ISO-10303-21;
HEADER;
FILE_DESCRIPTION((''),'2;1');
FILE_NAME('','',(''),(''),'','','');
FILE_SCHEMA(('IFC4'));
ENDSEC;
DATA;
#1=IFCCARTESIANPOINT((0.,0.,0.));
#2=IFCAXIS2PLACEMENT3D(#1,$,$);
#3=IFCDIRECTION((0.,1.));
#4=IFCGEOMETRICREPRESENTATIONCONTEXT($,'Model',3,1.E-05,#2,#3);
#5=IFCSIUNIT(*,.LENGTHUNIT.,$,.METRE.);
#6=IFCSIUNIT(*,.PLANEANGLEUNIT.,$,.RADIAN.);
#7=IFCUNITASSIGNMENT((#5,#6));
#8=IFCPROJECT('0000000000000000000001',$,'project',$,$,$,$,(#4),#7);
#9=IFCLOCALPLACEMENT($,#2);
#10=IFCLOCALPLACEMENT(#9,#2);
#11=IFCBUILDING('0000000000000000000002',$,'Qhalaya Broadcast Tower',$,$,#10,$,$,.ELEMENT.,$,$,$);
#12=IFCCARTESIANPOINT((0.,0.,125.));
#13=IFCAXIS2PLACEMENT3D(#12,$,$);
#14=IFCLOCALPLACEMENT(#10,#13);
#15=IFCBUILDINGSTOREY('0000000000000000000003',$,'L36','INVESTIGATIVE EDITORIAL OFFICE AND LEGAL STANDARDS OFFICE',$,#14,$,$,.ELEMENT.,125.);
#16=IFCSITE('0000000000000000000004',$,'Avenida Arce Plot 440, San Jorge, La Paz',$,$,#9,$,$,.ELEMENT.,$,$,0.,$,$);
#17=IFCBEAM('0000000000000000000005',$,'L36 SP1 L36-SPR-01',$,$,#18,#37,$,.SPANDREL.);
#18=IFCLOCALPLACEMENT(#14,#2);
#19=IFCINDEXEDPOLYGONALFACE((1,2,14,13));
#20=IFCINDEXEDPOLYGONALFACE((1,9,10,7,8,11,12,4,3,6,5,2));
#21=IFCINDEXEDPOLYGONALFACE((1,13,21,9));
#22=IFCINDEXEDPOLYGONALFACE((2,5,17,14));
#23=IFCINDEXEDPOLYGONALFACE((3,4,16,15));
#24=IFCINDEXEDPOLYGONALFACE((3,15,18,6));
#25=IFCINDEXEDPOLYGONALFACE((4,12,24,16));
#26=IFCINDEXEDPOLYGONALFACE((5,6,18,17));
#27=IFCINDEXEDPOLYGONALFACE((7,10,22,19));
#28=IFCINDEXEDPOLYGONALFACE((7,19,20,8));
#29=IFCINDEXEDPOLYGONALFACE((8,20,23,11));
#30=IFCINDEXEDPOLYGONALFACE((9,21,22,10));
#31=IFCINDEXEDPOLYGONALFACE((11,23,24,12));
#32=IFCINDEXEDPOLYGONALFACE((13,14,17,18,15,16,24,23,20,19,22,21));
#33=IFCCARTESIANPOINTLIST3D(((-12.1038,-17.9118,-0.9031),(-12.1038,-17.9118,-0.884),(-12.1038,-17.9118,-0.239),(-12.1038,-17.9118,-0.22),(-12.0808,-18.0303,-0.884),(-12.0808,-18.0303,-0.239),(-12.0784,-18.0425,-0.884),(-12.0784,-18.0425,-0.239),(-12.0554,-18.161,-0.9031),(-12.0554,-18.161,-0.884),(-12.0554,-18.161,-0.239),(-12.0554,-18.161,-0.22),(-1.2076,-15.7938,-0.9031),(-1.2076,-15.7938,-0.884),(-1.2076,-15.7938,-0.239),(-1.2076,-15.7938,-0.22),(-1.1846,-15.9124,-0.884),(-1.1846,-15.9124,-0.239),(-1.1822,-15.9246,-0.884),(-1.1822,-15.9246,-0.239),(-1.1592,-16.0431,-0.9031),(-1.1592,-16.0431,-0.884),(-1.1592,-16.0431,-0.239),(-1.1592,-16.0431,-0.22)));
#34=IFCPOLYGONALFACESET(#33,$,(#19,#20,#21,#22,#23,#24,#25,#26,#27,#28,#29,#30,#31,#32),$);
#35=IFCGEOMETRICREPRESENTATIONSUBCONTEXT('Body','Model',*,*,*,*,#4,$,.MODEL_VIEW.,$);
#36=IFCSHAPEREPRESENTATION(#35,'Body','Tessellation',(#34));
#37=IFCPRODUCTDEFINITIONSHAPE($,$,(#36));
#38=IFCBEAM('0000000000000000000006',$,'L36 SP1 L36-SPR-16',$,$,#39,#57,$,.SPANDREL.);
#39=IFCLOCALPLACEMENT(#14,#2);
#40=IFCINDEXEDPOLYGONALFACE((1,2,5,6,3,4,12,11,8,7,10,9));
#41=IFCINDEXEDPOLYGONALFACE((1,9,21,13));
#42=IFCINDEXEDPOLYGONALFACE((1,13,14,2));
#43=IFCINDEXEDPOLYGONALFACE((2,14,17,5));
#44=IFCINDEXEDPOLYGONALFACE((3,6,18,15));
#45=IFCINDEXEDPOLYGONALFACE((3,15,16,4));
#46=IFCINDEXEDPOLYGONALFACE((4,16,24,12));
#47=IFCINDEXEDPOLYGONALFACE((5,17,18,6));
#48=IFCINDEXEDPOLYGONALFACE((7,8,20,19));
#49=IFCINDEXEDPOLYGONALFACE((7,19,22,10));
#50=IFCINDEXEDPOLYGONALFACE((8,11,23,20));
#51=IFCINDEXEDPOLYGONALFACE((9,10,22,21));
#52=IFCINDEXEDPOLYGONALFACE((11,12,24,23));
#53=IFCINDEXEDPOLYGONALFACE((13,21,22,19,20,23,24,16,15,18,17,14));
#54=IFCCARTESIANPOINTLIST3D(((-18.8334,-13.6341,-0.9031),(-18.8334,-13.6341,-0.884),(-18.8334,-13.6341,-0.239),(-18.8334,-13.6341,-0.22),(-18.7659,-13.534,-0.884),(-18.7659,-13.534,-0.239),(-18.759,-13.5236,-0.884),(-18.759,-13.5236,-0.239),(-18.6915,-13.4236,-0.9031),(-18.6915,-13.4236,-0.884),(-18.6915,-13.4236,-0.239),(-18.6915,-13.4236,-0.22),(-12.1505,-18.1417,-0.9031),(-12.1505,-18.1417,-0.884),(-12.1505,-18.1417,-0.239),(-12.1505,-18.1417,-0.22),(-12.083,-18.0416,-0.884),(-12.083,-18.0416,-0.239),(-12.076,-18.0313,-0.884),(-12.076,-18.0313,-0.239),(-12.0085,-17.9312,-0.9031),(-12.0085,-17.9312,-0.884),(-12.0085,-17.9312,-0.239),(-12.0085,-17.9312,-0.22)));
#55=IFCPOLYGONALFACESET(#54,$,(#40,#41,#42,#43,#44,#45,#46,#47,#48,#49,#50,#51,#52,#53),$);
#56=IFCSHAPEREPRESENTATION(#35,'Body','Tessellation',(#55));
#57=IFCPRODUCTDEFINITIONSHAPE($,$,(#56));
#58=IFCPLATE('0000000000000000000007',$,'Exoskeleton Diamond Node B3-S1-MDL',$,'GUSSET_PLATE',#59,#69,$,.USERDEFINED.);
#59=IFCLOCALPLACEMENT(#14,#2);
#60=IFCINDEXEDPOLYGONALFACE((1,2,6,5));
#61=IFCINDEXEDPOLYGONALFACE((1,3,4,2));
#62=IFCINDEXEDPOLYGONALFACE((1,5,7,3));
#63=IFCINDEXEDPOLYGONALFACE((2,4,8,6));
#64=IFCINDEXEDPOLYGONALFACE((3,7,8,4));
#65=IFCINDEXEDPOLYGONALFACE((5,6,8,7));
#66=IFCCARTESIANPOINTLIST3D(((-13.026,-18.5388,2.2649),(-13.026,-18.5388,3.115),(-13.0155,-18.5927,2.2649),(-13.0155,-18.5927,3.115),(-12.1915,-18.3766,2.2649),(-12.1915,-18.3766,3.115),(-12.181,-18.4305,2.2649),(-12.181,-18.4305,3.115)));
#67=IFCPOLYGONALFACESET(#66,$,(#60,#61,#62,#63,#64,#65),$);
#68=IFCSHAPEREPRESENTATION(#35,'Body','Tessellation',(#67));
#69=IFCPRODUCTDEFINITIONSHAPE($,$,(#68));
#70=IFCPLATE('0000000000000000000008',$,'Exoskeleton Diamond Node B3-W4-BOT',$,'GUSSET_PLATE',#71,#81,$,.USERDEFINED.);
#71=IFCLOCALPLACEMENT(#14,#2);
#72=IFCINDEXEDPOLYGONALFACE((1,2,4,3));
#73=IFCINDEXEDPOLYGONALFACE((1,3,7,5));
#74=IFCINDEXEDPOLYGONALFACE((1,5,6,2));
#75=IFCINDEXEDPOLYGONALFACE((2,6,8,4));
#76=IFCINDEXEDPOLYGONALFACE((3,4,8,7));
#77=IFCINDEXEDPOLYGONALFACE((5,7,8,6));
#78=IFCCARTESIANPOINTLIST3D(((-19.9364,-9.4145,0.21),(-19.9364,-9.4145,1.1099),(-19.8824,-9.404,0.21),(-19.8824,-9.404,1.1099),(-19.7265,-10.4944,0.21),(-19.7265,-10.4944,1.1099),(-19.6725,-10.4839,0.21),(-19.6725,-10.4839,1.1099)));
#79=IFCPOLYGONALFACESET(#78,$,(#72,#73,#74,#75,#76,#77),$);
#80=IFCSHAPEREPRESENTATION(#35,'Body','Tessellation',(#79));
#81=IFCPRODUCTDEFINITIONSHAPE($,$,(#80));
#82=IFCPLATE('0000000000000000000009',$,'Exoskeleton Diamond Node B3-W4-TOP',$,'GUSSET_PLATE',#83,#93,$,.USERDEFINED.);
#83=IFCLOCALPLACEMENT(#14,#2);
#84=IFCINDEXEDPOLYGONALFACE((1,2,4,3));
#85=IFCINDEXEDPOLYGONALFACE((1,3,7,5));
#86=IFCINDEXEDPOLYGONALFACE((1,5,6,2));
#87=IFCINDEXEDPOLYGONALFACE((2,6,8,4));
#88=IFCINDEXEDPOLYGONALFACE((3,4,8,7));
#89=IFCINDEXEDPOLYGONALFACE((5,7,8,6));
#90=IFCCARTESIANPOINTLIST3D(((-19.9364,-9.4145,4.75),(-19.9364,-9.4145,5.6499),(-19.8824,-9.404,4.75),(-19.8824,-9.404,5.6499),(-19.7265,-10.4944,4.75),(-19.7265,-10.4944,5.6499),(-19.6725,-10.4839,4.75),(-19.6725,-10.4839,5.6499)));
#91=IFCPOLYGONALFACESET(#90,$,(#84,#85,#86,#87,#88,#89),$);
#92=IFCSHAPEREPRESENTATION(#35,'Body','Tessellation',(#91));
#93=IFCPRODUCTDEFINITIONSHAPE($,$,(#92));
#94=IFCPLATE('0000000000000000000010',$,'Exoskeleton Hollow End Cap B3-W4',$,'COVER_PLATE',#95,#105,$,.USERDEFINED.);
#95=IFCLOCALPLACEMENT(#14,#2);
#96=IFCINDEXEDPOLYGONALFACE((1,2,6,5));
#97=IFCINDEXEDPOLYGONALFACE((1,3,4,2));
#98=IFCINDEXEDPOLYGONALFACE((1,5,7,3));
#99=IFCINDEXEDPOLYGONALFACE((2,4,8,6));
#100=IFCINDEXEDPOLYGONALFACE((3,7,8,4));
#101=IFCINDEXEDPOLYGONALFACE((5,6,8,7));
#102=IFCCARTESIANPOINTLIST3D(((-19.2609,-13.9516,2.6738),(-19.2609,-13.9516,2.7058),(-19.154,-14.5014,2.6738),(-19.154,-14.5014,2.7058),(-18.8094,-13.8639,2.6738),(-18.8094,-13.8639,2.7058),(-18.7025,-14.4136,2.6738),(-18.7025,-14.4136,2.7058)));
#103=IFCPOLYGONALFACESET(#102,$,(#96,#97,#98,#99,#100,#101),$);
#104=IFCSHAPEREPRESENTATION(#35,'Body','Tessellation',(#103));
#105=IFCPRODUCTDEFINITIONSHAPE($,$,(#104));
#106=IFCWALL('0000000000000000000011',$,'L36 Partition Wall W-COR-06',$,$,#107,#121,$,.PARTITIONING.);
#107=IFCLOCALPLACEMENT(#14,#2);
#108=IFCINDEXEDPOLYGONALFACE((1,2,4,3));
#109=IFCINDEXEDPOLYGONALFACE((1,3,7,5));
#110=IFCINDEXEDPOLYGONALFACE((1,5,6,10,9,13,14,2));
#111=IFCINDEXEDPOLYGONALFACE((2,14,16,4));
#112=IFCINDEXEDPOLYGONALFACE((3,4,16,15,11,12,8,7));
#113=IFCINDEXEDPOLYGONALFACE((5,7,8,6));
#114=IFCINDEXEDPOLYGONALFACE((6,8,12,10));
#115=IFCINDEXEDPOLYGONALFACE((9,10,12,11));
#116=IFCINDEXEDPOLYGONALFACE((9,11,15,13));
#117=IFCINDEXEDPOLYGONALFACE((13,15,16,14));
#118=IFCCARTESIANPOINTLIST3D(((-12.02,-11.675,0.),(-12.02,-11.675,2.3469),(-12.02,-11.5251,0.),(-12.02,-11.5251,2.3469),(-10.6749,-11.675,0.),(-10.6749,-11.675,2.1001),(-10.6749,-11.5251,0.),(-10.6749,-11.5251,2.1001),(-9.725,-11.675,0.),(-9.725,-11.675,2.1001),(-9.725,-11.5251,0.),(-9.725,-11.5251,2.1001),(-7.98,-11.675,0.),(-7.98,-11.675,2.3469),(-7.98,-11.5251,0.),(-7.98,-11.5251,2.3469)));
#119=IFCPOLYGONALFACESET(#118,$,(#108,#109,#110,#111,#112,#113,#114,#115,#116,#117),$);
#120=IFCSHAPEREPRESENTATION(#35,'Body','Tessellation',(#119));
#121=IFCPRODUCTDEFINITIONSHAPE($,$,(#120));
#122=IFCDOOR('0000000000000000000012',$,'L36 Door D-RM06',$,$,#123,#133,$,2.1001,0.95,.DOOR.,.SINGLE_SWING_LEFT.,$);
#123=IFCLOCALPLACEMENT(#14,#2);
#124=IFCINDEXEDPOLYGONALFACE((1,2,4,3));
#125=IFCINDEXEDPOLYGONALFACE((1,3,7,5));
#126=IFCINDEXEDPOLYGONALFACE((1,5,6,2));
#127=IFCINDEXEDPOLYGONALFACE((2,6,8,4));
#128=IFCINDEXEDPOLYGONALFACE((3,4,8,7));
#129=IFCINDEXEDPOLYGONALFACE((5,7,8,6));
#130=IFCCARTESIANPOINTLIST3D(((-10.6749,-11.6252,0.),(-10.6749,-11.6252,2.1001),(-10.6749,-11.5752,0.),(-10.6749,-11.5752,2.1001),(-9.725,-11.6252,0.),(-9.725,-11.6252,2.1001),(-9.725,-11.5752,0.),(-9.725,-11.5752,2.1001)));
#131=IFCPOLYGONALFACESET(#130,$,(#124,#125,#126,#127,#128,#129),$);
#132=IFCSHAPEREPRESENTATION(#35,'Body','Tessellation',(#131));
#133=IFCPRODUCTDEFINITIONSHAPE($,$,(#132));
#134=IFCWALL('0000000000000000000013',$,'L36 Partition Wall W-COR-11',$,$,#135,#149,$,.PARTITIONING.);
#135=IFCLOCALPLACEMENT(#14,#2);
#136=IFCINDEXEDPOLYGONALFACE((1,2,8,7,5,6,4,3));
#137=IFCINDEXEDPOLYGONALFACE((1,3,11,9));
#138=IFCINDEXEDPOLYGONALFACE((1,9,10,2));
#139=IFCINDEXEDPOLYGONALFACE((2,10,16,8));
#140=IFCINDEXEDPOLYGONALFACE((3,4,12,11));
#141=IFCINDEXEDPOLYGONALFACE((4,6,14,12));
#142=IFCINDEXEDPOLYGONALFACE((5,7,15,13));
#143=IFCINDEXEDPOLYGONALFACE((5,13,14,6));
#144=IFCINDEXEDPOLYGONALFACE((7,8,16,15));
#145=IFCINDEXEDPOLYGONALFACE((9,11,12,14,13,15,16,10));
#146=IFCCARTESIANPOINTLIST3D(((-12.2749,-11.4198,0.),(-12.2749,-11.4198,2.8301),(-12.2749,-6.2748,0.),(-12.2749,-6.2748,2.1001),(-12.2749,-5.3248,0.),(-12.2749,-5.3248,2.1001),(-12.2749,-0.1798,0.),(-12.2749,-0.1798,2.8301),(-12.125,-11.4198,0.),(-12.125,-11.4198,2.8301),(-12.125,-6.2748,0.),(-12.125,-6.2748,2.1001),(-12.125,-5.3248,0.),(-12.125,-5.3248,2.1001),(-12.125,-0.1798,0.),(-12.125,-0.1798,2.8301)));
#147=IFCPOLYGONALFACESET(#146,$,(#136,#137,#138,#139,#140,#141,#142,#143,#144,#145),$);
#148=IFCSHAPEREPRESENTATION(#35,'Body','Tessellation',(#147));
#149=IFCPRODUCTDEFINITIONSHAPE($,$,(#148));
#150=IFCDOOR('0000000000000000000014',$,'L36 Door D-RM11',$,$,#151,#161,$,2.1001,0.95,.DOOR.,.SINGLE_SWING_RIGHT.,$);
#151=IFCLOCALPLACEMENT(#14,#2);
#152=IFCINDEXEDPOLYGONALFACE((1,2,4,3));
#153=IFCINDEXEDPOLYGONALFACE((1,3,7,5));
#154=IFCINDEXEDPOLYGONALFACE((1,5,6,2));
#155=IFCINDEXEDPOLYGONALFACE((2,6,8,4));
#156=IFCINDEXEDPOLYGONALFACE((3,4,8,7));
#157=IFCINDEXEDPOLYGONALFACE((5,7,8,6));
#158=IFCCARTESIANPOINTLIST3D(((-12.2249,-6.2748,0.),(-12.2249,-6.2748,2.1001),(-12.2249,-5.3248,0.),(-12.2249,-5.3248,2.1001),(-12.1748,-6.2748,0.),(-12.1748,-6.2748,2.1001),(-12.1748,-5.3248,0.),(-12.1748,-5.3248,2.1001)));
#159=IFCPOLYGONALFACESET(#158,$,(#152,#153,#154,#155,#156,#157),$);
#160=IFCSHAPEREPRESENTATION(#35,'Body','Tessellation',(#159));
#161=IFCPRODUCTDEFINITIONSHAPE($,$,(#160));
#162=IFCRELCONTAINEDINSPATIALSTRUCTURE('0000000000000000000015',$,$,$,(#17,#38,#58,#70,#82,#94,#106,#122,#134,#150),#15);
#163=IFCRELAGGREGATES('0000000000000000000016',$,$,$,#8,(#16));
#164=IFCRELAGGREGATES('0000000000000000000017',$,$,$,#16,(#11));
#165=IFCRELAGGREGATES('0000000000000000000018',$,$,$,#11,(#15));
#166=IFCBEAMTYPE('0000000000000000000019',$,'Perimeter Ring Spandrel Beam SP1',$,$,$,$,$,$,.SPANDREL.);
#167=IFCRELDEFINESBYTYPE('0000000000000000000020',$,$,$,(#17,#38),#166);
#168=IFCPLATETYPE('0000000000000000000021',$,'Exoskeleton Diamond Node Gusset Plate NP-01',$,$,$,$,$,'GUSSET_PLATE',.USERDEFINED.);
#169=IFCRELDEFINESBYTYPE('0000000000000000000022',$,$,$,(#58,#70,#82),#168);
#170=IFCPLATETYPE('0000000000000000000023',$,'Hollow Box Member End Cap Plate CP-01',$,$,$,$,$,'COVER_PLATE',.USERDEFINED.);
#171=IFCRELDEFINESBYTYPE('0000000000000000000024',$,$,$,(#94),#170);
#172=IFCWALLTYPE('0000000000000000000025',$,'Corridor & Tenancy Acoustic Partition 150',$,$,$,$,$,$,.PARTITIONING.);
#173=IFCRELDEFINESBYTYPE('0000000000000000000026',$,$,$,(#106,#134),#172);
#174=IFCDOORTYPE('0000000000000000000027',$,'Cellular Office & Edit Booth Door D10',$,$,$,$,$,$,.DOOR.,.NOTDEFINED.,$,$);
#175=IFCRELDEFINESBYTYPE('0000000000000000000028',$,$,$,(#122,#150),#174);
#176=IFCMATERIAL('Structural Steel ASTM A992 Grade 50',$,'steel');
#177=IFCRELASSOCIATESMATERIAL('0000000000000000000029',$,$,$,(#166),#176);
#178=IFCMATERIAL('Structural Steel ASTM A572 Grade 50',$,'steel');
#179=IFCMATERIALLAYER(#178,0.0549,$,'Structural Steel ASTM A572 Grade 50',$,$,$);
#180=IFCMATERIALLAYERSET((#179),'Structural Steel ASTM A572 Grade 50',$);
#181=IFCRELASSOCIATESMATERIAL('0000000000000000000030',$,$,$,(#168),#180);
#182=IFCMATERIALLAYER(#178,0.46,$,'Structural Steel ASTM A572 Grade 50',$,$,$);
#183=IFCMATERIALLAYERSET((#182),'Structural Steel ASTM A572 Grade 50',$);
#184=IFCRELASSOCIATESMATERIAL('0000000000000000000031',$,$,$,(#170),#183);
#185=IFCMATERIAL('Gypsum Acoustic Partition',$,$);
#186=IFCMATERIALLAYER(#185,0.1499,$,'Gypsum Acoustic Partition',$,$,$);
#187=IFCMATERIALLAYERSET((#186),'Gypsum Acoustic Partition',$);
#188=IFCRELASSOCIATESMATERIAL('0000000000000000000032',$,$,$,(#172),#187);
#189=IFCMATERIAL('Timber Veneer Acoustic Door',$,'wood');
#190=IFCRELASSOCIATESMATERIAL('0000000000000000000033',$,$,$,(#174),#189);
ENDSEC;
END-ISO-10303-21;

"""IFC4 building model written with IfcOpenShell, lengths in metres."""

from ifc_helpers import new_model, si_unit, direction, frame, frame_2d, origin, origin_2d, place, context, subcontext, project, spatial, rectangle, i_section, extrude, material, layer, layer_set, material_profile, profile_set, type_object, element, fill, save


model = new_model("IFC4")

# Units and contexts
model_context = context("Model", 3, precision=1e-05, world=origin(), true_north=direction((0.0, 1.0)))
body_context = subcontext(model_context, "Body", "Model", "MODEL_VIEW")
ifc_project = project(units=[si_unit("LENGTHUNIT", "METRE"), si_unit("PLANEANGLEUNIT", "RADIAN")], contexts=[model_context])

# Site, building, storey
site_placement = place(None, origin())
site = spatial("IfcSite", under=ifc_project, at=site_placement, Name="Avenida Arce Plot 440, San Jorge, La Paz", CompositionType="ELEMENT", RefElevation=0.0)
building_placement = place(site_placement, origin())
building = spatial("IfcBuilding", under=site, at=building_placement, Name="Qhalaya Broadcast Tower", CompositionType="ELEMENT")
storey_placement = place(building_placement, frame((0.0, 0.0, 125.0)))
storey = spatial("IfcBuildingStorey", under=building, at=storey_placement, Name="L36", Description="INVESTIGATIVE EDITORIAL OFFICE AND LEGAL STANDARDS OFFICE", CompositionType="ELEMENT", Elevation=125.0)

# Shared definitions
ifc_material_1 = material(Name="Structural Steel ASTM A572 Grade 50", Category="steel")

# Shared definitions
ifc_material_2 = material(Name="Structural Steel ASTM A992 Grade 50", Category="steel")

# Beams
ifc_material_profile_1 = material_profile(ifc_material_2, i_section(OverallWidth=0.2539, OverallDepth=0.6831, WebThickness=0.0125, FlangeThickness=0.019, at=origin_2d()), Name="W27X94")
ifc_profile_set_1 = profile_set([ifc_material_profile_1], Name="Structural Steel ASTM A992 Grade 50")
beam_type_1 = type_object("IfcBeamType", Name="Perimeter Ring Spandrel Beam SP1", PredefinedType="SPANDREL", material=ifc_profile_set_1)
beam_1_placement = place(storey_placement, frame((-12.0796, -18.0364, -0.5615), z_axis=(0.981629, 0.190801, 0.0), x_axis=(-0.190801, 0.981629, 0.0)))
element("IfcBeam", 1, at=beam_1_placement, inside=storey, type_object=beam_type_1, Name="L36 SP1 L36-SPR-01", PredefinedType="SPANDREL", context=body_context, shape_type="SweptSolid", body=[
    extrude(i_section(OverallWidth=0.2539, OverallDepth=0.6831, WebThickness=0.0125, FlangeThickness=0.019, at=origin_2d()), origin(), (0.0, 0.0, 1.0), 11.1001),
])
beam_2_placement = place(storey_placement, frame((-18.7625, -13.5288, -0.5615), z_axis=(0.829042, -0.559186, 0.0), x_axis=(0.559186, 0.829042, 0.0)))
element("IfcBeam", 2, at=beam_2_placement, inside=storey, type_object=beam_type_1, Name="L36 SP1 L36-SPR-16", PredefinedType="SPANDREL", context=body_context, shape_type="SweptSolid", body=[
    extrude(i_section(OverallWidth=0.2539, OverallDepth=0.6831, WebThickness=0.0125, FlangeThickness=0.019, at=origin_2d()), origin(), (0.0, 0.0, 1.0), 8.061),
])

# Plates
ifc_layer_1 = layer(ifc_material_1, 0.0549, Name="Structural Steel ASTM A572 Grade 50")
ifc_layer_set_1 = layer_set([ifc_layer_1], Name="Structural Steel ASTM A572 Grade 50")
plate_type_1 = type_object("IfcPlateType", Name="Exoskeleton Diamond Node Gusset Plate NP-01", ElementType="GUSSET_PLATE", PredefinedType="USERDEFINED", material=ifc_layer_set_1)
plate_1_placement = place(storey_placement, frame((-12.6035, -18.4846, 2.2649), z_axis=(0.0, 0.0, 1.0), x_axis=(0.981627, 0.190809, 0.0)))
element("IfcPlate", 3, at=plate_1_placement, inside=storey, type_object=plate_type_1, Name="Exoskeleton Diamond Node B3-S1-MDL", ObjectType="GUSSET_PLATE", PredefinedType="USERDEFINED", context=body_context, shape_type="SweptSolid", body=[
    extrude(rectangle(XDim=0.8501, YDim=0.0549, at=origin_2d()), origin(), (0.0, 0.0, 1.0), 0.8501),
])
for number, where, z_axis, x_axis, name in (
    (4, (-19.8044, -9.9492, 0.21), (0.0, 0.0, 1.0), (-0.190809, 0.981627, 0.0), "Exoskeleton Diamond Node B3-W4-BOT"),
    (5, (-19.8044, -9.9492, 4.75), (0.0, 0.0, 1.0), (-0.190809, 0.981627, 0.0), "Exoskeleton Diamond Node B3-W4-TOP"),
):
    element("IfcPlate", number, at=place(storey_placement, frame(where, z_axis=z_axis, x_axis=x_axis)), inside=storey, type_object=plate_type_1, Name=name, ObjectType="GUSSET_PLATE", PredefinedType="USERDEFINED", context=body_context, shape_type="SweptSolid", body=[
        extrude(rectangle(XDim=1.1001, YDim=0.0549, at=origin_2d()), origin(), (0.0, 0.0, 1.0), 0.8999),
    ])
ifc_layer_2 = layer(ifc_material_1, 0.46, Name="Structural Steel ASTM A572 Grade 50")
ifc_layer_set_2 = layer_set([ifc_layer_2], Name="Structural Steel ASTM A572 Grade 50")
plate_type_2 = type_object("IfcPlateType", Name="Hollow Box Member End Cap Plate CP-01", ElementType="COVER_PLATE", PredefinedType="USERDEFINED", material=ifc_layer_set_2)
plate_2_placement = place(storey_placement, frame((-18.9817, -14.1826, 2.6738), z_axis=(0.0, 0.0, 1.0), x_axis=(-0.190809, 0.981627, 0.0)))
element("IfcPlate", 6, at=plate_2_placement, inside=storey, type_object=plate_type_2, Name="Exoskeleton Hollow End Cap B3-W4", ObjectType="COVER_PLATE", PredefinedType="USERDEFINED", context=body_context, shape_type="SweptSolid", body=[
    extrude(rectangle(XDim=0.5601, YDim=0.46, at=origin_2d()), origin(), (0.0, 0.0, 1.0), 0.032),
])

# Walls, openings, doors
ifc_material_3 = material(Name="Gypsum Acoustic Partition")
ifc_layer_3 = layer(ifc_material_3, 0.1499, Name="Gypsum Acoustic Partition")
ifc_layer_set_3 = layer_set([ifc_layer_3], Name="Gypsum Acoustic Partition")
wall_type_1 = type_object("IfcWallType", Name="Corridor & Tenancy Acoustic Partition 150", PredefinedType="PARTITIONING", material=ifc_layer_set_3)
wall_1_placement = place(storey_placement, frame((-12.02, -11.6001, 0.0), z_axis=(0.0, 0.0, 1.0), x_axis=(1.0, 0.0, 0.0)))
wall_1 = element("IfcWall", 7, at=wall_1_placement, inside=storey, type_object=wall_type_1, Name="L36 Partition Wall W-COR-06", PredefinedType="PARTITIONING", context=body_context, shape_type="SweptSolid", body=[
    extrude(rectangle(XDim=4.04, YDim=0.1499, at=frame_2d((2.02, 0.0))), origin(), (0.0, 0.0, 1.0), 2.3469),
])
opening_1_placement = place(wall_1_placement, frame((1.345, 0.0, 0.0)))
opening_1 = element("IfcOpeningElement", 8, at=opening_1_placement, cuts=wall_1, PredefinedType="OPENING", context=body_context, shape_type="SweptSolid", body=[
    extrude(rectangle(XDim=0.95, YDim=2.1001, at=frame_2d((0.4751, 1.05))), frame((0.0, 0.0869, 0.0), z_axis=(0.0, -1.0, 0.0), x_axis=(1.0, 0.0, 0.0)), (0.0, 0.0, 1.0), 0.1738),
])
ifc_material_4 = material(Name="Timber Veneer Acoustic Door", Category="wood")
door_type = type_object("IfcDoorType", Name="Cellular Office & Edit Booth Door D10", OperationType="NOTDEFINED", PredefinedType="DOOR", material=ifc_material_4)
door_1_placement = place(opening_1_placement, origin())
door_1 = element("IfcDoor", 9, at=door_1_placement, inside=storey, type_object=door_type, Name="L36 Door D-RM06", OperationType="SINGLE_SWING_LEFT", OverallHeight=2.1001, OverallWidth=0.95, PredefinedType="DOOR", context=body_context, shape_type="SweptSolid", body=[
    extrude(rectangle(XDim=0.95, YDim=2.1001, at=frame_2d((0.4751, 1.05))), frame((0.0, 0.0249, 0.0), z_axis=(0.0, -1.0, 0.0), x_axis=(1.0, 0.0, 0.0)), (0.0, 0.0, 1.0), 0.05),
])
fill(opening_1, door_1)
wall_2_placement = place(storey_placement, frame((-12.2, -11.4199, 0.0), z_axis=(0.0, 0.0, 1.0), x_axis=(0.0, 1.0, 0.0)))
wall_2 = element("IfcWall", 10, at=wall_2_placement, inside=storey, type_object=wall_type_1, Name="L36 Partition Wall W-COR-11", PredefinedType="PARTITIONING", context=body_context, shape_type="SweptSolid", body=[
    extrude(rectangle(XDim=11.24, YDim=0.1499, at=frame_2d((5.6201, 0.0))), origin(), (0.0, 0.0, 1.0), 2.8301),
])
opening_2_placement = place(wall_2_placement, frame((5.145, 0.0, 0.0)))
opening_2 = element("IfcOpeningElement", 11, at=opening_2_placement, cuts=wall_2, PredefinedType="OPENING", context=body_context, shape_type="SweptSolid", body=[
    extrude(rectangle(XDim=0.95, YDim=2.1001, at=frame_2d((0.4751, 1.05))), frame((0.0, 0.0869, 0.0), z_axis=(0.0, -1.0, 0.0), x_axis=(1.0, 0.0, 0.0)), (0.0, 0.0, 1.0), 0.1738),
])
door_2_placement = place(opening_2_placement, origin())
door_2 = element("IfcDoor", 12, at=door_2_placement, inside=storey, type_object=door_type, Name="L36 Door D-RM11", OperationType="SINGLE_SWING_RIGHT", OverallHeight=2.1001, OverallWidth=0.95, PredefinedType="DOOR", context=body_context, shape_type="SweptSolid", body=[
    extrude(rectangle(XDim=0.95, YDim=2.1001, at=frame_2d((0.4751, 1.05))), frame((0.0, 0.0249, 0.0), z_axis=(0.0, -1.0, 0.0), x_axis=(1.0, 0.0, 0.0)), (0.0, 0.0, 1.0), 0.05),
])
fill(opening_2, door_2)

save(model, "model.ifc")
